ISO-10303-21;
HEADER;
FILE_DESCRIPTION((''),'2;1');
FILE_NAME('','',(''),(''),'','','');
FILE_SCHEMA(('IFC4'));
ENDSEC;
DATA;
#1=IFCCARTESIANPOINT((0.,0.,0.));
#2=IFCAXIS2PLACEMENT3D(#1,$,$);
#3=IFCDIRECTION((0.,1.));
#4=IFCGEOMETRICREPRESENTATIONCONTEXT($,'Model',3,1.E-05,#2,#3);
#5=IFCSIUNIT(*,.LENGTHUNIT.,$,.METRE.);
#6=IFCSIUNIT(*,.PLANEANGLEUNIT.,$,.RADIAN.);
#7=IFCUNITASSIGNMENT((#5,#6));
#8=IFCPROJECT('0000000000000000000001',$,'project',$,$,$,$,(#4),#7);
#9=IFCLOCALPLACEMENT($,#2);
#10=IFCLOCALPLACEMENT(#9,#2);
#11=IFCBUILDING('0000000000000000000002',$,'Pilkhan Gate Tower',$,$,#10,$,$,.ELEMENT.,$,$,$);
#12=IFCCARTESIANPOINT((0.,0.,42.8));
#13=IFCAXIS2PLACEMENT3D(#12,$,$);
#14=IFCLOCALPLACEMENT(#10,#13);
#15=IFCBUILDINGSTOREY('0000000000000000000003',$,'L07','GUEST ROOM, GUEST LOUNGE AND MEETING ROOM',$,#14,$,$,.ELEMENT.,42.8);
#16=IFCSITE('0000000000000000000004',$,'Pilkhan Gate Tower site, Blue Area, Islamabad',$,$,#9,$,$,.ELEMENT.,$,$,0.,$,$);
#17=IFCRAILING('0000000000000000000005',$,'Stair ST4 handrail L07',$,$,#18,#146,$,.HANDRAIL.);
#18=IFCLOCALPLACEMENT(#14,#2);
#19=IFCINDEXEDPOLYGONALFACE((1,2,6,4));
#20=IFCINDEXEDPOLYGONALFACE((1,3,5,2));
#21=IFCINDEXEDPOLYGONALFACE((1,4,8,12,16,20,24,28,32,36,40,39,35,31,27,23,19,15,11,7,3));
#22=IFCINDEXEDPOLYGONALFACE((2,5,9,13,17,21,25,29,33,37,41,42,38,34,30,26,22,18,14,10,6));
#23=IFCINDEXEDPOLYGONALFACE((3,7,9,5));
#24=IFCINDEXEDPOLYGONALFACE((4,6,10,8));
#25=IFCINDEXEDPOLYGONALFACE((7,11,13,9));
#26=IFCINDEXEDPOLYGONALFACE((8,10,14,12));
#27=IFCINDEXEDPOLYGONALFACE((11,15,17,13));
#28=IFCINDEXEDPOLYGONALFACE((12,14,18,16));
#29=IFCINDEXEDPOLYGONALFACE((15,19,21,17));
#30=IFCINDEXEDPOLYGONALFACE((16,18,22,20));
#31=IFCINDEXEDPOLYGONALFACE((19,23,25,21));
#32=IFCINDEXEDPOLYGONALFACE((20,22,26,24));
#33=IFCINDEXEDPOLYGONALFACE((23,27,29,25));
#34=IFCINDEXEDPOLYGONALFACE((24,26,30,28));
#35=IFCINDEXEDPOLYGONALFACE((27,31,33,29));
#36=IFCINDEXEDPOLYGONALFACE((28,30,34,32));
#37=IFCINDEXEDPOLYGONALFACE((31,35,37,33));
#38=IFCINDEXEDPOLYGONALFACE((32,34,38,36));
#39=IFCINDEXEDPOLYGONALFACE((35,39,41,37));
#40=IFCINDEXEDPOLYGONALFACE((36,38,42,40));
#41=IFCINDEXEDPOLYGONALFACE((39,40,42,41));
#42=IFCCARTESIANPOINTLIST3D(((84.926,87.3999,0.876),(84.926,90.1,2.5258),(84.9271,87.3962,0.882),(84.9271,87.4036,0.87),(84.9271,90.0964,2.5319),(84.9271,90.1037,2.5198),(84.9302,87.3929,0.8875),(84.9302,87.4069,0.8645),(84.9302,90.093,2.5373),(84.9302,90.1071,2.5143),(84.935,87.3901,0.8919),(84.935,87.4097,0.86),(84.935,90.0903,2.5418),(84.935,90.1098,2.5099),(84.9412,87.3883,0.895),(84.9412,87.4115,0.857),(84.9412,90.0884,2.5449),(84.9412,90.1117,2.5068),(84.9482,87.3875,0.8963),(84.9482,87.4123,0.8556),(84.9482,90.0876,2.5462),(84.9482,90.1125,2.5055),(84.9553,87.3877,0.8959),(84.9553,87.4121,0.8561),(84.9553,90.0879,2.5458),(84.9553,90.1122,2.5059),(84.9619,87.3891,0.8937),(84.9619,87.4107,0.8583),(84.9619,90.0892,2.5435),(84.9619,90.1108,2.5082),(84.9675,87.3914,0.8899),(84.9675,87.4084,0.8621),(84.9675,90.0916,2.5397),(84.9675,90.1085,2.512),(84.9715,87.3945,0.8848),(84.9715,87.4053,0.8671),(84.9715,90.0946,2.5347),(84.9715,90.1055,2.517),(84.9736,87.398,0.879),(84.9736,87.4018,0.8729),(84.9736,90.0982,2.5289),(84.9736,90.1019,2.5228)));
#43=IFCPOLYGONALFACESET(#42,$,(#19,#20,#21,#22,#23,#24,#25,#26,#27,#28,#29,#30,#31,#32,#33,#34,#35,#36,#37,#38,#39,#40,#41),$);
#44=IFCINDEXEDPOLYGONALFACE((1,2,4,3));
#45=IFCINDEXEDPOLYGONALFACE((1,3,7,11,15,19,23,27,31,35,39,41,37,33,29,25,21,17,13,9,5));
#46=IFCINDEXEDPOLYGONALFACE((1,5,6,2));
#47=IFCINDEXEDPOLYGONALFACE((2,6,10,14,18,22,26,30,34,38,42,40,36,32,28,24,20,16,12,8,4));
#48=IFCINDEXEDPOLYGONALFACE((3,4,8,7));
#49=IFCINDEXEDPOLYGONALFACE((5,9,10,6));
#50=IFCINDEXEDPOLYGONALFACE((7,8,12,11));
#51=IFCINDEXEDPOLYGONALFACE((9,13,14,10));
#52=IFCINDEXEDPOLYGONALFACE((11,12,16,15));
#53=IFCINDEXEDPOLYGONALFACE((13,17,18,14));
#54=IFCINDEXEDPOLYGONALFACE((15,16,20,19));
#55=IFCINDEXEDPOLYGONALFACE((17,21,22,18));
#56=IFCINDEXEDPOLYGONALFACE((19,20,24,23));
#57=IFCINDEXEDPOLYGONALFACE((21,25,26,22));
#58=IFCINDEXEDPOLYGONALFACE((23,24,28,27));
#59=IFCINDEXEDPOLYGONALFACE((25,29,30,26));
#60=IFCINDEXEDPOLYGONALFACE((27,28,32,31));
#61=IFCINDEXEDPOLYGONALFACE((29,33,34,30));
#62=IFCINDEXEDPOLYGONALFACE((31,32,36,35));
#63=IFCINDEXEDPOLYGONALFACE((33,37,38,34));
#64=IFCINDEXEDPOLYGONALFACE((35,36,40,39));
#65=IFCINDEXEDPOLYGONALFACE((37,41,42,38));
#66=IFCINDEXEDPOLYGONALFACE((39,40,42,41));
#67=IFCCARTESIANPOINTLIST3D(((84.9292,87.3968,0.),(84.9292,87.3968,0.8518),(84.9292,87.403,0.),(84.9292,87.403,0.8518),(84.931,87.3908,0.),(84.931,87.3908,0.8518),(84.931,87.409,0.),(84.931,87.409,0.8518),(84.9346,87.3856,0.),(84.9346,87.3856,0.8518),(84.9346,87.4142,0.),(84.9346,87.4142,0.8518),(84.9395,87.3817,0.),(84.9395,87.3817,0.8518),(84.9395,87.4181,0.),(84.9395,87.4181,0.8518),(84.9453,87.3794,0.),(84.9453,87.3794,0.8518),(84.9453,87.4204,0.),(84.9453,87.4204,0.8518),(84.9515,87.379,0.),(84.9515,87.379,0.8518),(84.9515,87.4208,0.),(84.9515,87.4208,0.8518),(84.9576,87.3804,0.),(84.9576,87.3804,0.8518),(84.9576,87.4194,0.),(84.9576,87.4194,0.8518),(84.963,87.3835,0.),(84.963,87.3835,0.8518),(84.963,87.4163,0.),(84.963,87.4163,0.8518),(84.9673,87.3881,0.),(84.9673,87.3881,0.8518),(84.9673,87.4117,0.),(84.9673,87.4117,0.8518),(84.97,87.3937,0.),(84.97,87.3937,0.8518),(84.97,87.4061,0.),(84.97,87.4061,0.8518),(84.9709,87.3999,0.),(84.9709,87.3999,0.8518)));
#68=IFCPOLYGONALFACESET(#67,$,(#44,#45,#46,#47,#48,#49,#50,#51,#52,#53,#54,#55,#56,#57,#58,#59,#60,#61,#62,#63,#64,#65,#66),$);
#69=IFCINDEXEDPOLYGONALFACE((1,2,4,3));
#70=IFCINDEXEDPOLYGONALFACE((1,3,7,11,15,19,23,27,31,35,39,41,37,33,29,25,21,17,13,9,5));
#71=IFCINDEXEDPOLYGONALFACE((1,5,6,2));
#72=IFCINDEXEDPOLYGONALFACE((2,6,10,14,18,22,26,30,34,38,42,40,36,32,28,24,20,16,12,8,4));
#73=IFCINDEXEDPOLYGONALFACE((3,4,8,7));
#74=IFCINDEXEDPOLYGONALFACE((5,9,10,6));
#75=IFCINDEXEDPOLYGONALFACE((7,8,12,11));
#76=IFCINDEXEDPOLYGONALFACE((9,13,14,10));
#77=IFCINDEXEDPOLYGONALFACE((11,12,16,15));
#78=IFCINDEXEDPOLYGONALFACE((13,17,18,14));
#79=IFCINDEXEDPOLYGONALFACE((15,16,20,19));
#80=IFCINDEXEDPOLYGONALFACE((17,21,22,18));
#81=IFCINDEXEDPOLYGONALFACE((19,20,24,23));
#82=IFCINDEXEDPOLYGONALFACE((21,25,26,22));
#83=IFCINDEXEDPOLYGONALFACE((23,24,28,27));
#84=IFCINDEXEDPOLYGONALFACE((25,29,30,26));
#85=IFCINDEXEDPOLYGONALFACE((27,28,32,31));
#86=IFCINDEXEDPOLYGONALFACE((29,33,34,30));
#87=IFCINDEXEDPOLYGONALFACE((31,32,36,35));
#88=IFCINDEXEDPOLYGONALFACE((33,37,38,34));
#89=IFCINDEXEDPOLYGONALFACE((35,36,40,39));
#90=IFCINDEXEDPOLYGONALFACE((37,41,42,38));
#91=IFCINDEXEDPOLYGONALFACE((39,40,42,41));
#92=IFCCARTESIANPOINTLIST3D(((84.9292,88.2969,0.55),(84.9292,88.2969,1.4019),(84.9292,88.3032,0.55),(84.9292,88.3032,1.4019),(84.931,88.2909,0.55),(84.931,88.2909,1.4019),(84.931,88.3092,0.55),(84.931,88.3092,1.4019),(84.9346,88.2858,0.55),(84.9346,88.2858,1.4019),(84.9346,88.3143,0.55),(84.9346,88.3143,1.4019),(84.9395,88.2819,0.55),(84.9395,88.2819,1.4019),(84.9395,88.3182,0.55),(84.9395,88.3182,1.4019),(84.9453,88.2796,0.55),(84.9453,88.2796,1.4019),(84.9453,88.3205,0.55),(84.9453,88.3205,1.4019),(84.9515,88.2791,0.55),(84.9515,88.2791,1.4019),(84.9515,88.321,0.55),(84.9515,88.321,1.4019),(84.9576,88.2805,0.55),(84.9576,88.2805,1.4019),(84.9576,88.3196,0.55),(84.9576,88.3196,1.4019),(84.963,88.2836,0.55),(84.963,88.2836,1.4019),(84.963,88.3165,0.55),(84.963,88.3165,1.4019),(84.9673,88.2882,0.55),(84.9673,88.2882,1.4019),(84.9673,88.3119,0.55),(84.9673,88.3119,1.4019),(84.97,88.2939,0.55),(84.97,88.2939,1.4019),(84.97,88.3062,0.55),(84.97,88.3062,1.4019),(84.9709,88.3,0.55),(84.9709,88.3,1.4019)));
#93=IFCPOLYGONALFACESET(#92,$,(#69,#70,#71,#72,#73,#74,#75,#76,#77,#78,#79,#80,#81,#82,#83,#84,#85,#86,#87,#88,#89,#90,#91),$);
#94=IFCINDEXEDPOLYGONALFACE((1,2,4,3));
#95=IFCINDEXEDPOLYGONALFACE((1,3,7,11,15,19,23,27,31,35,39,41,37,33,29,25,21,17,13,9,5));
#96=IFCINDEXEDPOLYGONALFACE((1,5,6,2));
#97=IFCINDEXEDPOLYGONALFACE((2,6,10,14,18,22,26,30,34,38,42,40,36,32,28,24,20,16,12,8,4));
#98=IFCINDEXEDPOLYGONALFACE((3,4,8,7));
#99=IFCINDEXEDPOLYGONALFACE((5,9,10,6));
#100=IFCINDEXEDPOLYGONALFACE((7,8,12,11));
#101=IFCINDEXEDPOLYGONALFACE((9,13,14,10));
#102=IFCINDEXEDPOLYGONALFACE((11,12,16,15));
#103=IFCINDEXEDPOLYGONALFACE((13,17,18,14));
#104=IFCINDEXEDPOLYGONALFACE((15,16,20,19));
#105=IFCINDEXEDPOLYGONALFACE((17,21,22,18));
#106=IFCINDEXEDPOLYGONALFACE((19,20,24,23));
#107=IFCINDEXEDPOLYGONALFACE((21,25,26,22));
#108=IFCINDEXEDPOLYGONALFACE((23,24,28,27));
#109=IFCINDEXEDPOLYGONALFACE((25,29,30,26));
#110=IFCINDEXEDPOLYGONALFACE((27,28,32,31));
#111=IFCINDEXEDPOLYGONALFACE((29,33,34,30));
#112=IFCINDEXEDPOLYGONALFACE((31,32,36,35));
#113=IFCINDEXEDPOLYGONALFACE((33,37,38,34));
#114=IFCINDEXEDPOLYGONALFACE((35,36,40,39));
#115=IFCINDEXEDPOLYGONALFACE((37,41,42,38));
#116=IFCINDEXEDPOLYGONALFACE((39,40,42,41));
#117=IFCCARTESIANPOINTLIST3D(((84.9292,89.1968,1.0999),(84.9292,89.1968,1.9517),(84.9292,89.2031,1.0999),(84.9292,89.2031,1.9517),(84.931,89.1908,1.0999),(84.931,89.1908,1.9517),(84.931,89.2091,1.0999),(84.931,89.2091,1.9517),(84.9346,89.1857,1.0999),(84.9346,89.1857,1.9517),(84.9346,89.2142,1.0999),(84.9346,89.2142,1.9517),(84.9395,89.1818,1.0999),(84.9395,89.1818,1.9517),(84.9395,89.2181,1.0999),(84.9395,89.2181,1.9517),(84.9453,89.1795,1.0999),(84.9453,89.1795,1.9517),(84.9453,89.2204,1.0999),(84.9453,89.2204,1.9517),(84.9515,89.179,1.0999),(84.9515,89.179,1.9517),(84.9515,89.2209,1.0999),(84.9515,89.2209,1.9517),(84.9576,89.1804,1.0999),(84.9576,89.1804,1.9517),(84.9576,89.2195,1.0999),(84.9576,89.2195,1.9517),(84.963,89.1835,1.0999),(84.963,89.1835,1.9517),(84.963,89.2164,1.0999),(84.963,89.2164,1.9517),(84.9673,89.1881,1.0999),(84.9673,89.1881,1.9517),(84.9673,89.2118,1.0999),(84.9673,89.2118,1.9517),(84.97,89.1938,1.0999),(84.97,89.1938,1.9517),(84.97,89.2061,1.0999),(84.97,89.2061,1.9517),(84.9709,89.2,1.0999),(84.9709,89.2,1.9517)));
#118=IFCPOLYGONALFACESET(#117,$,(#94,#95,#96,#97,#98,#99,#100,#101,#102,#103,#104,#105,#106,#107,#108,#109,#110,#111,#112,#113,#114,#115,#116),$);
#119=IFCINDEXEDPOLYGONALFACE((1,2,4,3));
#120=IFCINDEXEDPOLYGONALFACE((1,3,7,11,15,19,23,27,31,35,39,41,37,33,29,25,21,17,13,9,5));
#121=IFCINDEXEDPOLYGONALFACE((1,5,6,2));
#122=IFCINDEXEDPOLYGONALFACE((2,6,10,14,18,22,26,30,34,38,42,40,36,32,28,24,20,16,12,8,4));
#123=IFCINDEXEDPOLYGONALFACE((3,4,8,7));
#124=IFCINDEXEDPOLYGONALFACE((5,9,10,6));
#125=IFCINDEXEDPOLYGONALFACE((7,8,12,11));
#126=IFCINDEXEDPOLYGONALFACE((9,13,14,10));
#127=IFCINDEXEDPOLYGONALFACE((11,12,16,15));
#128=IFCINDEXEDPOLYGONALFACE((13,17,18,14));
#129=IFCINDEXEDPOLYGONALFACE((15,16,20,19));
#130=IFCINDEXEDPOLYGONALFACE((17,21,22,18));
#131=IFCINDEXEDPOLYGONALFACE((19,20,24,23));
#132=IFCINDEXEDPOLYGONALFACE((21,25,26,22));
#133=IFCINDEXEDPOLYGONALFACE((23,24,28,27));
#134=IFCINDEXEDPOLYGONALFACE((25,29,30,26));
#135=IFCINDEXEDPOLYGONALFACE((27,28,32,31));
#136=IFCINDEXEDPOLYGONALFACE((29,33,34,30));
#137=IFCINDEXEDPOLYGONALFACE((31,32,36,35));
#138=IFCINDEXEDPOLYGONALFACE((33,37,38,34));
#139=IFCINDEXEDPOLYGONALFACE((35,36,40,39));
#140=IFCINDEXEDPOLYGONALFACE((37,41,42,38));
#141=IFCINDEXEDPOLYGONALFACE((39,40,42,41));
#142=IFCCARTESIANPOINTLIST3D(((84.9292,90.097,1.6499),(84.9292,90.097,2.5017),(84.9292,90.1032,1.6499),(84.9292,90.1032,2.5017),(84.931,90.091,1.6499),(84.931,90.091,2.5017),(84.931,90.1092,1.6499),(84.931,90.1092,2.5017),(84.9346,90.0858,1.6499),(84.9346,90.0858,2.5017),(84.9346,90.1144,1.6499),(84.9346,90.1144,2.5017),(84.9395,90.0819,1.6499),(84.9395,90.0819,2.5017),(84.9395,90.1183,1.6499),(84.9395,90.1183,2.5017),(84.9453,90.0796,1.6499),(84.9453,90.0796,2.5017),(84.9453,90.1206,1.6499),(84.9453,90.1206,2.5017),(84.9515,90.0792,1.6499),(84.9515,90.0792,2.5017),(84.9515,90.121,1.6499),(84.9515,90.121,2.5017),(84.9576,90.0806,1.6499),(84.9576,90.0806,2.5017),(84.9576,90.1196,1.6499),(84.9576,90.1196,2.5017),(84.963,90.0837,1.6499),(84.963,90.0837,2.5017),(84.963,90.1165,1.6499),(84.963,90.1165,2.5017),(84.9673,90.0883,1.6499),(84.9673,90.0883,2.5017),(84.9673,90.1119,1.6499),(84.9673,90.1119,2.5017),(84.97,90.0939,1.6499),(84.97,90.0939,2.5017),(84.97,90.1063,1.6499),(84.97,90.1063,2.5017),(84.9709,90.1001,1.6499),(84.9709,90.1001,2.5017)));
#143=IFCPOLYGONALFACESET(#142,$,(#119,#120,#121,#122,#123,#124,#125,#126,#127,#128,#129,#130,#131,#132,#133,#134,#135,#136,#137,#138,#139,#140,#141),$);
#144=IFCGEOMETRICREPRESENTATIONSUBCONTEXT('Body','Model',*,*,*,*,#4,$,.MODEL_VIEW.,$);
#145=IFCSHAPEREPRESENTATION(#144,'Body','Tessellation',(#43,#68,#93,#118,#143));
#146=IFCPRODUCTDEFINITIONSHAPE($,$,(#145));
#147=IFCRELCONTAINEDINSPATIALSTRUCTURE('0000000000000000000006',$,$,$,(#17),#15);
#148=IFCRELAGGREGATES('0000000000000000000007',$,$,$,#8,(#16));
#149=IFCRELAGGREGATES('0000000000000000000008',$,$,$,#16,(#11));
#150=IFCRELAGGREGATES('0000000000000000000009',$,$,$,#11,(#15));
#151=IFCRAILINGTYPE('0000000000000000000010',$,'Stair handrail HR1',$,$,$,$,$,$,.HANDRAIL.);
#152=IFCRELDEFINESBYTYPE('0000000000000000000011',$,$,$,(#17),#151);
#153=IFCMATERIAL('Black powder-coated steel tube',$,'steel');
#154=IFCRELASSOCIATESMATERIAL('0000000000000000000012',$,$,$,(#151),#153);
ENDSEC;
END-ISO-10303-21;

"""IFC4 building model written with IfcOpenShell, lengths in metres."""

from ifc_helpers import new_model, si_unit, direction, frame, origin, origin_2d, place, context, subcontext, project, spatial, circle, extrude, material, type_object, element, save


model = new_model("IFC4")

# Units and contexts
model_context = context("Model", 3, precision=1e-05, world=origin(), true_north=direction((0.0, 1.0)))
body_context = subcontext(model_context, "Body", "Model", "MODEL_VIEW")
ifc_project = project(units=[si_unit("LENGTHUNIT", "METRE"), si_unit("PLANEANGLEUNIT", "RADIAN")], contexts=[model_context])

# Site, building, storey
site_placement = place(None, origin())
site = spatial("IfcSite", under=ifc_project, at=site_placement, Name="Pilkhan Gate Tower site, Blue Area, Islamabad", CompositionType="ELEMENT", RefElevation=0.0)
building_placement = place(site_placement, origin())
building = spatial("IfcBuilding", under=site, at=building_placement, Name="Pilkhan Gate Tower", CompositionType="ELEMENT")
storey_placement = place(building_placement, frame((0.0, 0.0, 42.8)))
storey = spatial("IfcBuildingStorey", under=building, at=storey_placement, Name="L07", Description="GUEST ROOM, GUEST LOUNGE AND MEETING ROOM", CompositionType="ELEMENT", Elevation=42.8)

# Railing
ifc_material_1 = material(Name="Black powder-coated steel tube", Category="steel")
railing_type_1 = type_object("IfcRailingType", Name="Stair handrail HR1", PredefinedType="HANDRAIL", material=ifc_material_1)
railing_1_placement = place(storey_placement, frame((84.95, 87.3999, 0.0)))
element("IfcRailing", 1, at=railing_1_placement, inside=storey, type_object=railing_type_1, Name="Stair ST4 handrail L07", PredefinedType="HANDRAIL", context=body_context, shape_type="SweptSolid", body=[
    extrude(circle(Radius=0.0239, at=origin_2d()), frame((0.0, 0.0, 0.876), z_axis=(0.0, 0.853312, 0.5214), x_axis=(-1.0, 0.0, 0.0)), (0.0, 0.0, 1.0), 3.1643),
    extrude(circle(Radius=0.021, at=origin_2d()), origin(), (0.0, 0.0, 1.0), 0.8518),
    extrude(circle(Radius=0.021, at=origin_2d()), frame((0.0, 0.9001, 0.55)), (0.0, 0.0, 1.0), 0.8518),
    extrude(circle(Radius=0.021, at=origin_2d()), frame((0.0, 1.8, 1.0999)), (0.0, 0.0, 1.0), 0.8518),
    extrude(circle(Radius=0.021, at=origin_2d()), frame((0.0, 2.7002, 1.6499)), (0.0, 0.0, 1.0), 0.8518),
])

save(model, "model.ifc")
